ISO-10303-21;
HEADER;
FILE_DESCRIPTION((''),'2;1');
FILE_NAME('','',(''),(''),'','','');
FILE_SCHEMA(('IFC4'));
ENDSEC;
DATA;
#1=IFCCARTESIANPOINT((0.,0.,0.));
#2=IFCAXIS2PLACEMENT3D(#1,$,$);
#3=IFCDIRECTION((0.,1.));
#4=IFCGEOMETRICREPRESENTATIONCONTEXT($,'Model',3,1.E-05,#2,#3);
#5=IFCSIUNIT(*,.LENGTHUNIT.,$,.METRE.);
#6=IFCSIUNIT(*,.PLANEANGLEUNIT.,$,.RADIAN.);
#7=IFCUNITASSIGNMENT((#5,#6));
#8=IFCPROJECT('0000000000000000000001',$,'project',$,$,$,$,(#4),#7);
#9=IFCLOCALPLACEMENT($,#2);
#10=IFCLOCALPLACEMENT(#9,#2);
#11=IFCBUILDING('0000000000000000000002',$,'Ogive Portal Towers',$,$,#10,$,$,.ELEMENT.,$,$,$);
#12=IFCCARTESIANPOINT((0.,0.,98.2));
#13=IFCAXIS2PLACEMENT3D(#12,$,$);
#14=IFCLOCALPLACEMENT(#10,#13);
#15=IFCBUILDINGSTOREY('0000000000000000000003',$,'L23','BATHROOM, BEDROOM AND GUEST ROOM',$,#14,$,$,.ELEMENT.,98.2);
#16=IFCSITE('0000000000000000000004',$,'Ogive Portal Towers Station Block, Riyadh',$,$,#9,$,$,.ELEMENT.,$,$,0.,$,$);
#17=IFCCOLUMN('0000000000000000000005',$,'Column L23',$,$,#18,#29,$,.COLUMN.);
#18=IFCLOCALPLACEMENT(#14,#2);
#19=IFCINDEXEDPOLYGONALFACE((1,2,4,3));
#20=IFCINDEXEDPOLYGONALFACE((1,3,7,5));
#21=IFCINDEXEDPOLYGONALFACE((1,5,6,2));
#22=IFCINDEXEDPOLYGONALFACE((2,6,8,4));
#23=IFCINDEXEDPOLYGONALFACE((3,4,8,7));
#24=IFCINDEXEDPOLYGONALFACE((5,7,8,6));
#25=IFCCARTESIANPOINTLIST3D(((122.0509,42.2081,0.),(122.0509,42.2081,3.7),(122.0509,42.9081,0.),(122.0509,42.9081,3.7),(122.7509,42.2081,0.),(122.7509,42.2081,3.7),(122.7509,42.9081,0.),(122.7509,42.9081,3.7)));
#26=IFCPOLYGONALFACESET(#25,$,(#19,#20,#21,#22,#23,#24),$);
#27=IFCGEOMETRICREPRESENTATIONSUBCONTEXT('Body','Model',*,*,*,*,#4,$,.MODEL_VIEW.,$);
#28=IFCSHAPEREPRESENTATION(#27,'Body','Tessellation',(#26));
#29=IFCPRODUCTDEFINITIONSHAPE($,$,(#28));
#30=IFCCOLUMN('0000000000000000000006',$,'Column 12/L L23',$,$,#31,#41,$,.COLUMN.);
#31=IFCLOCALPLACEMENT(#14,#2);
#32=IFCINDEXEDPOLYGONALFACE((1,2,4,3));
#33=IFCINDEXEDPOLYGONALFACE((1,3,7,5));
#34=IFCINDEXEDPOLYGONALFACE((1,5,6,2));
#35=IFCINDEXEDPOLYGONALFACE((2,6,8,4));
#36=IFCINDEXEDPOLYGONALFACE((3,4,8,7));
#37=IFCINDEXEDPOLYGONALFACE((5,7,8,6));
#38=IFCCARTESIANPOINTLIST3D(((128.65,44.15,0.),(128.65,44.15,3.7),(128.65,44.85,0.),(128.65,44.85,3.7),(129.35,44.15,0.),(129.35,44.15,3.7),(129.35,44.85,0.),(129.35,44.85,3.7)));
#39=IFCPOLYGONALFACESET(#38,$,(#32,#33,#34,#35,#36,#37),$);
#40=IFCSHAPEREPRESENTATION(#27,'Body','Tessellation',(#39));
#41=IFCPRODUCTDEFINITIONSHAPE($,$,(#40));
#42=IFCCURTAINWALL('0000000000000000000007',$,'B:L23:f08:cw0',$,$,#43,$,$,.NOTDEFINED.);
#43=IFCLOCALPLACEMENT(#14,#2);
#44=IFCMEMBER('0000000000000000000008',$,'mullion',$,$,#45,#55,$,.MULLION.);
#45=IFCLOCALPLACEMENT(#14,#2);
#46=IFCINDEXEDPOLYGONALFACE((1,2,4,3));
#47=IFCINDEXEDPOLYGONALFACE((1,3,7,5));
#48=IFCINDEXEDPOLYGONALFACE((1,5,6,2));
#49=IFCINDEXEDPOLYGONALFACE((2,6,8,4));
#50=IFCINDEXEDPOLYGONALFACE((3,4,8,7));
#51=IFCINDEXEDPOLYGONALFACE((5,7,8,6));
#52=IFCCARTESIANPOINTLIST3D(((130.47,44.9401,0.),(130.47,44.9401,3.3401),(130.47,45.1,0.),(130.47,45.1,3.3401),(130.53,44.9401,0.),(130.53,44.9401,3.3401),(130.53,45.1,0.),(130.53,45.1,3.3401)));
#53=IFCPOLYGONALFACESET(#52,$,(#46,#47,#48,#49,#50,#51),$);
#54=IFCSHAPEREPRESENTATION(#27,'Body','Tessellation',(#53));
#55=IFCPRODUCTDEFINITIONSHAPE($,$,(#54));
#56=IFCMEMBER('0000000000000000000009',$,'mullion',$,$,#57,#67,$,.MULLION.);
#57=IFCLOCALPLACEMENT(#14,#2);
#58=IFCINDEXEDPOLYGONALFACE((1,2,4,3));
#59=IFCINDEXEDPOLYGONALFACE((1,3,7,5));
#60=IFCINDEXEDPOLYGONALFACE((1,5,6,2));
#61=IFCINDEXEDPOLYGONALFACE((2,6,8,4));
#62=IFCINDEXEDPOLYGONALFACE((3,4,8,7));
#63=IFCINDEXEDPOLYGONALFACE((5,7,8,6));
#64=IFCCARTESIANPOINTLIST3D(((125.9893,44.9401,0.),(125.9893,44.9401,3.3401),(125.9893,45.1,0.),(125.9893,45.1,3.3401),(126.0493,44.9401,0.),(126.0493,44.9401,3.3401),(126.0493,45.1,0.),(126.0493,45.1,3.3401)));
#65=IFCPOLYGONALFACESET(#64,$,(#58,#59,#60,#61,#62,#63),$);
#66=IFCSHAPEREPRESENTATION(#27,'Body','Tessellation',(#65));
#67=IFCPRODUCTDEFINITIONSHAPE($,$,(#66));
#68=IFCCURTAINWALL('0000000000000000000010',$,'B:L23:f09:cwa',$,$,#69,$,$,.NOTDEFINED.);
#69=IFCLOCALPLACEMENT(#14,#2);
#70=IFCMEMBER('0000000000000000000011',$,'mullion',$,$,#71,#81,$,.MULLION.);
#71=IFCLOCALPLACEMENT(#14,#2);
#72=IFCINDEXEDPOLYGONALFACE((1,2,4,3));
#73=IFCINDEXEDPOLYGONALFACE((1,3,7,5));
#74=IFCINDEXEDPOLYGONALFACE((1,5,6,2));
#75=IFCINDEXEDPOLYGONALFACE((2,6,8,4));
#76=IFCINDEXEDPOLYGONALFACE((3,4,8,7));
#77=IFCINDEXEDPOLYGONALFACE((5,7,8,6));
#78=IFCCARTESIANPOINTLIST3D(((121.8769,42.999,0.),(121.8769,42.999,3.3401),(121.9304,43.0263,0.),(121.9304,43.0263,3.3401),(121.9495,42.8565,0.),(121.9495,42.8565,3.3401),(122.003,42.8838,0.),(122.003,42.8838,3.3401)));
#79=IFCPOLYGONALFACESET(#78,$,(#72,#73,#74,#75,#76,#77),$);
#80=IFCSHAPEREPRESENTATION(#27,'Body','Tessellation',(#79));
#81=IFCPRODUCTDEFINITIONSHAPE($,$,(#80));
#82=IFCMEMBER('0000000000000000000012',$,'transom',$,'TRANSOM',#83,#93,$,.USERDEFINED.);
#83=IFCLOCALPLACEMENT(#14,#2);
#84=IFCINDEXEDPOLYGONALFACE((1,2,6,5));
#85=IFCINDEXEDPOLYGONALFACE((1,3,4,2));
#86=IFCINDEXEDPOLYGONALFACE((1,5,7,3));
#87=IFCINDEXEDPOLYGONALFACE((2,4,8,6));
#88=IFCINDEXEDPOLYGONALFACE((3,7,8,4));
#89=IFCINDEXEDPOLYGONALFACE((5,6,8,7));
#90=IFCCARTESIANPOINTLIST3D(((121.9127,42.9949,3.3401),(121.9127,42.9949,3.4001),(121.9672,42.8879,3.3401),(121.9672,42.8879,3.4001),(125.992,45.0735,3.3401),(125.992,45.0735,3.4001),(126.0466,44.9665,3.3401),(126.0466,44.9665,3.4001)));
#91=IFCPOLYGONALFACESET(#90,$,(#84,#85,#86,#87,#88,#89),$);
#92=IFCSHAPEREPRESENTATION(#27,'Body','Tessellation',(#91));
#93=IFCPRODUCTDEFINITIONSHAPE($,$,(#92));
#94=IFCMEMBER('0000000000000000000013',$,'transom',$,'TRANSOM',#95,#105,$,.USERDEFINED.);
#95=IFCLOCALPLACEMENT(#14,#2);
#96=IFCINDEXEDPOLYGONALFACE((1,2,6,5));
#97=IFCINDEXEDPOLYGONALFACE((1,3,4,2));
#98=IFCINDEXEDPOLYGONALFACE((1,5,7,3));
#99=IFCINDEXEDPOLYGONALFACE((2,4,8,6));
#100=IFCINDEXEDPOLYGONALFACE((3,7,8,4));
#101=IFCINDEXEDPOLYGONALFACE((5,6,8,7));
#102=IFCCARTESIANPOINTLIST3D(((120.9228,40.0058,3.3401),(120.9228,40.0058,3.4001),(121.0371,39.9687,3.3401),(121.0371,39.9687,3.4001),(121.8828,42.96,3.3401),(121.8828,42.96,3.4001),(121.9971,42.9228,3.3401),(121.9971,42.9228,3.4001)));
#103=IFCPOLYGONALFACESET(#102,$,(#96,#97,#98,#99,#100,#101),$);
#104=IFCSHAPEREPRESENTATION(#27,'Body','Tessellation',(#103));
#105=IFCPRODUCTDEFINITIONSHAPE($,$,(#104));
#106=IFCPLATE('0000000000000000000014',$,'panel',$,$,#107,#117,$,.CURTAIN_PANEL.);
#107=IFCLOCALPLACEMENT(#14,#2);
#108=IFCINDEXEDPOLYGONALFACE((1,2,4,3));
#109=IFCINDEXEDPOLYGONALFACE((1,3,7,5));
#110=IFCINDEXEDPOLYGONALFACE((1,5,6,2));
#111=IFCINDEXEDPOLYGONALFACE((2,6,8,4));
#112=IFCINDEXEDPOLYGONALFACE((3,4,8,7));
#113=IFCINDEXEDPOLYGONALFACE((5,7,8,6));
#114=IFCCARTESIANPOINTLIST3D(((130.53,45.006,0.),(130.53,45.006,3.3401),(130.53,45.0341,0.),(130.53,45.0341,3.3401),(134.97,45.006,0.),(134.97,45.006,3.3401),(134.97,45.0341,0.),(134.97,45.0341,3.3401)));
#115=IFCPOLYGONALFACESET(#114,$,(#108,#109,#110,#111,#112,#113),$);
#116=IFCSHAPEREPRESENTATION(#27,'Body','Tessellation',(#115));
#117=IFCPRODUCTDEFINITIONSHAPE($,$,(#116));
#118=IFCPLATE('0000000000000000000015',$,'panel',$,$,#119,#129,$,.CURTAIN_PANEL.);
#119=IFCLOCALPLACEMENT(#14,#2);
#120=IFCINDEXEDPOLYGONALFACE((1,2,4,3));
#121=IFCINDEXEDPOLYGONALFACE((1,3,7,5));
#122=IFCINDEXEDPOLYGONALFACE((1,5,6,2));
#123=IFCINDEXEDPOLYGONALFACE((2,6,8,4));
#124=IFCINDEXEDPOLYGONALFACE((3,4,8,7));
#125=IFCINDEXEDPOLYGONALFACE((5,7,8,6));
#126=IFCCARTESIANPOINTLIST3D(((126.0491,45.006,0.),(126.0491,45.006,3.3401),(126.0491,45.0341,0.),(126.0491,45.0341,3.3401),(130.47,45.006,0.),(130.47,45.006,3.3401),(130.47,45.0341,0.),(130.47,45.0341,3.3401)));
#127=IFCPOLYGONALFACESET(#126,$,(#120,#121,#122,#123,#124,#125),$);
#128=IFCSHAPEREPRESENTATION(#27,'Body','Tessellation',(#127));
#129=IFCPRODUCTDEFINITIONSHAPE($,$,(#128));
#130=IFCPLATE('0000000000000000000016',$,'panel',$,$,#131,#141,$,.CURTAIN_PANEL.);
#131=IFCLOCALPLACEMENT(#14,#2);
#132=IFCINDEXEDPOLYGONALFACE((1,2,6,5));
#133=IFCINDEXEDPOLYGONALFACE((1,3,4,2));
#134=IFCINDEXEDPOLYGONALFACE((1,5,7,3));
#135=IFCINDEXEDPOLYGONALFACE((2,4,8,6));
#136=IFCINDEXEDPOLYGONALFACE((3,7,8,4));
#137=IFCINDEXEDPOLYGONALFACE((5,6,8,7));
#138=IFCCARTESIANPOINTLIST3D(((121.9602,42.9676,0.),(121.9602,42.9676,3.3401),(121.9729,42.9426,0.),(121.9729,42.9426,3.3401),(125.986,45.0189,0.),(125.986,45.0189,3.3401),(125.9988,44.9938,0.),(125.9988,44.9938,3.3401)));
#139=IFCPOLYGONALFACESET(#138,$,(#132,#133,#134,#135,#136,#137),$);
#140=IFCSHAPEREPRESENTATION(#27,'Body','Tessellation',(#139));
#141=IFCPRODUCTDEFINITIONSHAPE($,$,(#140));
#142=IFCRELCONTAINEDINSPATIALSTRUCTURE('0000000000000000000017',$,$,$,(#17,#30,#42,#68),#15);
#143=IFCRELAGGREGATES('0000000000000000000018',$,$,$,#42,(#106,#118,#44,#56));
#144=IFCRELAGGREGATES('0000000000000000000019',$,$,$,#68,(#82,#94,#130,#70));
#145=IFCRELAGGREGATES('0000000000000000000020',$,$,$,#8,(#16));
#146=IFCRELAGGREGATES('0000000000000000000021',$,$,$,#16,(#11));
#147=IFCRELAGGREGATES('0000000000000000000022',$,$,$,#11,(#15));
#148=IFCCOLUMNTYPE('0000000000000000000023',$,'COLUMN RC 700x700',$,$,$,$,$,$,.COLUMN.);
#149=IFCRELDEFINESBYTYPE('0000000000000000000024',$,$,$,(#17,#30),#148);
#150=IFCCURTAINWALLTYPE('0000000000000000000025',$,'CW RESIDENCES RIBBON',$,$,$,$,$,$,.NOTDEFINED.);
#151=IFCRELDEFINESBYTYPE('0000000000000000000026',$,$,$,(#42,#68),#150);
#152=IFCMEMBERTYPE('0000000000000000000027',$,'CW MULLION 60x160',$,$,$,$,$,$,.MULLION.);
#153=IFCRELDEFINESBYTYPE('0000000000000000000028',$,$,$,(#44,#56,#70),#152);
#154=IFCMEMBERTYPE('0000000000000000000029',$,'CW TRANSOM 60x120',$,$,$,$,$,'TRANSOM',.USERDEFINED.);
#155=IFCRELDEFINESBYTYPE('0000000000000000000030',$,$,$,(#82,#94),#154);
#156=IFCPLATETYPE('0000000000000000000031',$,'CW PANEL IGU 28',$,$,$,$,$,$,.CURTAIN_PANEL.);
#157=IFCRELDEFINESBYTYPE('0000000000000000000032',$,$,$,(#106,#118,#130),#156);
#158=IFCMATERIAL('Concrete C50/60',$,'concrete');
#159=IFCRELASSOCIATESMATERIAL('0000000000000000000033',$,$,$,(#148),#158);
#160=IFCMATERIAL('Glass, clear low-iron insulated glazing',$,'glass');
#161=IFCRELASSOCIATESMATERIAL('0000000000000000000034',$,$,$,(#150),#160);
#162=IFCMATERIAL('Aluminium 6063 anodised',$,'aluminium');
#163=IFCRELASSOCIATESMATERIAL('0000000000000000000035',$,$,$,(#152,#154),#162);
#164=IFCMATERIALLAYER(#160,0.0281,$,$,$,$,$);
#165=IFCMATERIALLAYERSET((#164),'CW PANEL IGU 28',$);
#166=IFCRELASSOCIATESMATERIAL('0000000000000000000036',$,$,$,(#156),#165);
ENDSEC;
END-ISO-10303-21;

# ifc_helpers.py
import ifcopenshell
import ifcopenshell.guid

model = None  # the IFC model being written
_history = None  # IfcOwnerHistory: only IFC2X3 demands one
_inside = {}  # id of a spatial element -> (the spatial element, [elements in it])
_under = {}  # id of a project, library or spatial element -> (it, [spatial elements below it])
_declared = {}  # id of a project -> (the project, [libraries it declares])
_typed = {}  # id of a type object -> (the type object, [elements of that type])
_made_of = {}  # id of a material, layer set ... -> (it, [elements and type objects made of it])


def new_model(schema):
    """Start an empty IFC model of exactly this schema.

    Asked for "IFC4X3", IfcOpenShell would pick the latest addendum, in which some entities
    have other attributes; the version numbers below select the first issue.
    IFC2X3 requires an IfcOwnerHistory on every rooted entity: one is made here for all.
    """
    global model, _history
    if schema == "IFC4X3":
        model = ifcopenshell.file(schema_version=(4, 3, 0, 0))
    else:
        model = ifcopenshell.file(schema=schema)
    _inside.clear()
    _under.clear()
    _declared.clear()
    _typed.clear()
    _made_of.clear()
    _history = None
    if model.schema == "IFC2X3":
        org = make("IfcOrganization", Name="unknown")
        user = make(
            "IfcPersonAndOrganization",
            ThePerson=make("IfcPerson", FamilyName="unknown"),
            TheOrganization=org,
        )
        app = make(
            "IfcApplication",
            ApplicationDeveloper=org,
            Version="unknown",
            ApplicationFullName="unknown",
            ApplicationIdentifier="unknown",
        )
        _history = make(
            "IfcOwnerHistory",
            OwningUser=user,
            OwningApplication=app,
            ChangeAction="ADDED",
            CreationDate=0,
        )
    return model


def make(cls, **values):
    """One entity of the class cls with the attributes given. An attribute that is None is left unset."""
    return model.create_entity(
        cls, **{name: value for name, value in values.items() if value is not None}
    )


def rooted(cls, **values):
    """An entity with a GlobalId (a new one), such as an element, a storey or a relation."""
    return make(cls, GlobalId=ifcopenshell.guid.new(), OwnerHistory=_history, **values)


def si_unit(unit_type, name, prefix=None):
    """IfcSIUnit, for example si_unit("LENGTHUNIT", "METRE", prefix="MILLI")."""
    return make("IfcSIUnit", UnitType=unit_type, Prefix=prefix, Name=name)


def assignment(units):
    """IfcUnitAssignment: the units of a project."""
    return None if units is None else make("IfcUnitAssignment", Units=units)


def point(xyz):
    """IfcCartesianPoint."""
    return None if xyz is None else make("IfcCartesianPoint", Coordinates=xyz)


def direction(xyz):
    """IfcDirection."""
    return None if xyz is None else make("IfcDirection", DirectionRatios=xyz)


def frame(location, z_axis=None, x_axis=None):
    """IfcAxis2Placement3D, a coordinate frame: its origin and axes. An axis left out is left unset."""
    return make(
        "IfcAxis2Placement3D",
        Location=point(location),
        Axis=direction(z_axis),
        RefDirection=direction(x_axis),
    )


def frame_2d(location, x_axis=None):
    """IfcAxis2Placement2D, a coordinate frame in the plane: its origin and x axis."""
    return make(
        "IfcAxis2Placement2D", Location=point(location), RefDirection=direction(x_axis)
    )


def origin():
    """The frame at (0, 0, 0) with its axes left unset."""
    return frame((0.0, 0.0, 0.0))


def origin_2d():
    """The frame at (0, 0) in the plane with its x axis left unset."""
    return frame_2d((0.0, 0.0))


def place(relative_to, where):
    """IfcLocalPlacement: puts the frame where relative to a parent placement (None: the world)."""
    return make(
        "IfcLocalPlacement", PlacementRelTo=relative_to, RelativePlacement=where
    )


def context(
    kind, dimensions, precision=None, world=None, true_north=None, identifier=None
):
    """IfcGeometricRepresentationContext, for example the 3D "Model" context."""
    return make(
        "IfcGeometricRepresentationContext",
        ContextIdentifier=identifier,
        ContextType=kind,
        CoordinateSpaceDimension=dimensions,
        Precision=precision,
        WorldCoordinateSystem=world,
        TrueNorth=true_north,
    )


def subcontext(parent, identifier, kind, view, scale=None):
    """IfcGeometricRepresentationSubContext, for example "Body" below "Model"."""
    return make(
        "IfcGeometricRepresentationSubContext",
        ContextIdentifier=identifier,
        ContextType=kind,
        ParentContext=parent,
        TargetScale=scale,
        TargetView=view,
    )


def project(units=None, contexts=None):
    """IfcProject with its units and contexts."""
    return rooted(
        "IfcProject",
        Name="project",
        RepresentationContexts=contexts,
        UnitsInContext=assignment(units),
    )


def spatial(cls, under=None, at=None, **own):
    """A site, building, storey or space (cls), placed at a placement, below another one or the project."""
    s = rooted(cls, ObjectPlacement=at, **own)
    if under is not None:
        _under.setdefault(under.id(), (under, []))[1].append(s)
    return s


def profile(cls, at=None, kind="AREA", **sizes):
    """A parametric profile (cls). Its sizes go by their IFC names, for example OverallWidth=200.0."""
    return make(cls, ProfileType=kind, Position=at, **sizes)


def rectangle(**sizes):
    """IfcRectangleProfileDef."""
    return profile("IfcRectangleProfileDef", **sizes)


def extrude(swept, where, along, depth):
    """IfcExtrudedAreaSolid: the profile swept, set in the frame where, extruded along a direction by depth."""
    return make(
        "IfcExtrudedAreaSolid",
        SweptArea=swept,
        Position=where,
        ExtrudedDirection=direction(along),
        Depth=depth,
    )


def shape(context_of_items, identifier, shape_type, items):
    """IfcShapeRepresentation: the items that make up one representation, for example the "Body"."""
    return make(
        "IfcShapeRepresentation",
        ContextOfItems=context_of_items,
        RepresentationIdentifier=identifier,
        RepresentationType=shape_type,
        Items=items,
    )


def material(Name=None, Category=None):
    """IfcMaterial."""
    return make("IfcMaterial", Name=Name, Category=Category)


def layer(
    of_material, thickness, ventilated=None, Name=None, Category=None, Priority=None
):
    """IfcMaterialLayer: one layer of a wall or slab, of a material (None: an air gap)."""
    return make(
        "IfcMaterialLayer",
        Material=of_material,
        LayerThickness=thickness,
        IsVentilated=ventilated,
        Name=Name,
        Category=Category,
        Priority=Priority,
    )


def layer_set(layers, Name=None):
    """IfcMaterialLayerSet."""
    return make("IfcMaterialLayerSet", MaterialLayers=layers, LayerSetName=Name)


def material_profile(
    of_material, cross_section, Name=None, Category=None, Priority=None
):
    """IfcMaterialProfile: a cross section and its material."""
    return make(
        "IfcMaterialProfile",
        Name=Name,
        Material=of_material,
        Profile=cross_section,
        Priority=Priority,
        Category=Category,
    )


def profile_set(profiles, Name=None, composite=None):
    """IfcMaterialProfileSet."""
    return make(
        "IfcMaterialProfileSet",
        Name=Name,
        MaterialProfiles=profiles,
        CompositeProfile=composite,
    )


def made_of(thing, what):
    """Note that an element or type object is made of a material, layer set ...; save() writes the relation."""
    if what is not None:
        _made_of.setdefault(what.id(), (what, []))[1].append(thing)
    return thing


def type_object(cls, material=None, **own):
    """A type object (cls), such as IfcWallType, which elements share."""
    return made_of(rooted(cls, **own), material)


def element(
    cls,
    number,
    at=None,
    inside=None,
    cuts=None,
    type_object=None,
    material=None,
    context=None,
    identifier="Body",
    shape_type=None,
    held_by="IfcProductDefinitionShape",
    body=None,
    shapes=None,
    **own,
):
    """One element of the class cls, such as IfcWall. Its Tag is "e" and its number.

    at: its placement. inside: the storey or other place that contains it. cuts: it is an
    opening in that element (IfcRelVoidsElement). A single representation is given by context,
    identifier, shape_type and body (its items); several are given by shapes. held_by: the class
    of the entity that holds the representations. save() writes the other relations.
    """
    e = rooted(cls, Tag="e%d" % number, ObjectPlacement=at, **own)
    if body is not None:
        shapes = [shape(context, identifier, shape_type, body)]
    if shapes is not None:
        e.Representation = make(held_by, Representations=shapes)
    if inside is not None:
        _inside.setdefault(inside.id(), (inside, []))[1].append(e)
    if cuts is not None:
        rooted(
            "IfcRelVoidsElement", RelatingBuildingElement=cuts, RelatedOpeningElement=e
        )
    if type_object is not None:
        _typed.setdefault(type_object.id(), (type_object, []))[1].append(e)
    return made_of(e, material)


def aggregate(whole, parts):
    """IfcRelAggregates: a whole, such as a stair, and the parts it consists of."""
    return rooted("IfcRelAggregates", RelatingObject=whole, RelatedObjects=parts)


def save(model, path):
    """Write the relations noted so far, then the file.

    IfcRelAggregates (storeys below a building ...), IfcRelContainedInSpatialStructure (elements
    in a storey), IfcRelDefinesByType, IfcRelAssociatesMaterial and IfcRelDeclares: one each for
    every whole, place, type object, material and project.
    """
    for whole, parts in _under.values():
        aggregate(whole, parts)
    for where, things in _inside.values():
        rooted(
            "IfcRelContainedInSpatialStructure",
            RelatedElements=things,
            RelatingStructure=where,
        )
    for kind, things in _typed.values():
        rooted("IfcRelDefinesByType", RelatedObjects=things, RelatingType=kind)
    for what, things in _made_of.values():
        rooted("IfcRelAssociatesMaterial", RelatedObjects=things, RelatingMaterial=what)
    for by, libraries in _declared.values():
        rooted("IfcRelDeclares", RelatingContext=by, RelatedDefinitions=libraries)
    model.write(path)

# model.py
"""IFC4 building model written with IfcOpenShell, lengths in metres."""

from ifc_helpers import new_model, si_unit, direction, frame, origin, origin_2d, place, context, subcontext, project, spatial, rectangle, extrude, material, layer, layer_set, material_profile, profile_set, type_object, element, aggregate, save


model = new_model("IFC4")

# Units and contexts
model_context = context("Model", 3, precision=1e-05, world=origin(), true_north=direction((0.0, 1.0)))
body_context = subcontext(model_context, "Body", "Model", "MODEL_VIEW")
ifc_project = project(units=[si_unit("LENGTHUNIT", "METRE"), si_unit("PLANEANGLEUNIT", "RADIAN")], contexts=[model_context])

# Site, building, storey
site_placement = place(None, origin())
site = spatial("IfcSite", under=ifc_project, at=site_placement, Name="Ogive Portal Towers Station Block, Riyadh", CompositionType="ELEMENT", RefElevation=0.0)
building_placement = place(site_placement, origin())
building = spatial("IfcBuilding", under=site, at=building_placement, Name="Ogive Portal Towers", CompositionType="ELEMENT")
storey_placement = place(building_placement, frame((0.0, 0.0, 98.2)))
storey = spatial("IfcBuildingStorey", under=building, at=storey_placement, Name="L23", Description="BATHROOM, BEDROOM AND GUEST ROOM", CompositionType="ELEMENT", Elevation=98.2)

# Columns
ifc_material_1 = material(Name="Concrete C50/60", Category="concrete")
ifc_material_profile_1 = material_profile(ifc_material_1, rectangle(XDim=0.7, YDim=0.7, at=origin_2d()), Name="RC 700x700")
ifc_profile_set_1 = profile_set([ifc_material_profile_1], Name="Concrete C50/60")
column_type = type_object("IfcColumnType", Name="COLUMN RC 700x700", PredefinedType="COLUMN", material=ifc_profile_set_1)
for number, where, z_axis, x_axis, name in (
    (1, (122.4009, 42.5581, 0.0), (0.0, 0.0, 1.0), (1.0, 0.0, 0.0), "Column L23"),
    (2, (129.0, 44.5, 0.0), (0.0, 0.0, 1.0), (1.0, 0.0, 0.0), "Column 12/L L23"),
):
    element("IfcColumn", number, at=place(storey_placement, frame(where, z_axis=z_axis, x_axis=x_axis)), inside=storey, type_object=column_type, Name=name, PredefinedType="COLUMN", context=body_context, shape_type="SweptSolid", body=[
        extrude(rectangle(XDim=0.7, YDim=0.7, at=origin_2d()), origin(), (0.0, 0.0, 1.0), 3.7),
    ])

# Curtain walls, members
ifc_material_2 = material(Name="Glass, clear low-iron insulated glazing", Category="glass")
curtain_wall_type = type_object("IfcCurtainWallType", Name="CW RESIDENCES RIBBON", PredefinedType="NOTDEFINED", material=ifc_material_2)
curtain_wall_1_placement = place(storey_placement, origin())
curtain_wall_1 = element("IfcCurtainWall", 3, at=curtain_wall_1_placement, inside=storey, type_object=curtain_wall_type, Name="B:L23:f08:cw0", PredefinedType="NOTDEFINED")
ifc_material_3 = material(Name="Aluminium 6063 anodised", Category="aluminium")
ifc_material_profile_2 = material_profile(ifc_material_3, rectangle(XDim=0.1599, YDim=0.0601, at=origin_2d()), Name="AL 60x160")
ifc_profile_set_2 = profile_set([ifc_material_profile_2], Name="Aluminium 6063 anodised")
member_type_1 = type_object("IfcMemberType", Name="CW MULLION 60x160", PredefinedType="MULLION", material=ifc_profile_set_2)
member_1_placement = place(storey_placement, frame((130.5, 45.02, 0.0), z_axis=(0.0, 0.0, 1.0), x_axis=(0.0, -1.0, 0.0)))
member_1 = element("IfcMember", 4, at=member_1_placement, type_object=member_type_1, Name="mullion", PredefinedType="MULLION", context=body_context, shape_type="SweptSolid", body=[
    extrude(rectangle(XDim=0.1599, YDim=0.0601, at=origin_2d()), origin(), (0.0, 0.0, 1.0), 3.3401),
])
member_2_placement = place(storey_placement, frame((126.0193, 45.02, 0.0), z_axis=(0.0, 0.0, 1.0), x_axis=(0.0, -1.0, 0.0)))
member_2 = element("IfcMember", 5, at=member_2_placement, type_object=member_type_1, Name="mullion", PredefinedType="MULLION", context=body_context, shape_type="SweptSolid", body=[
    extrude(rectangle(XDim=0.1599, YDim=0.0601, at=origin_2d()), origin(), (0.0, 0.0, 1.0), 3.3401),
])
curtain_wall_2_placement = place(storey_placement, origin())
curtain_wall_2 = element("IfcCurtainWall", 6, at=curtain_wall_2_placement, inside=storey, type_object=curtain_wall_type, Name="B:L23:f09:cwa", PredefinedType="NOTDEFINED")
member_3_placement = place(storey_placement, frame((121.9399, 42.9414, 0.0), z_axis=(0.0, 0.0, 1.0), x_axis=(0.45399, -0.891007, 0.0)))
member_3 = element("IfcMember", 7, at=member_3_placement, type_object=member_type_1, Name="mullion", PredefinedType="MULLION", context=body_context, shape_type="SweptSolid", body=[
    extrude(rectangle(XDim=0.1599, YDim=0.0601, at=origin_2d()), origin(), (0.0, 0.0, 1.0), 3.3401),
])
ifc_material_profile_3 = material_profile(ifc_material_3, rectangle(XDim=0.1201, YDim=0.0601, at=origin_2d()), Name="AL 120x60")
ifc_profile_set_3 = profile_set([ifc_material_profile_3], Name="Aluminium 6063 anodised")
member_type_2 = type_object("IfcMemberType", Name="CW TRANSOM 60x120", ElementType="TRANSOM", PredefinedType="USERDEFINED", material=ifc_profile_set_3)
member_4_placement = place(storey_placement, frame((126.0193, 45.02, 3.3701), z_axis=(-0.890999, -0.454005, 0.0), x_axis=(0.454005, -0.890999, 0.0)))
member_4 = element("IfcMember", 8, at=member_4_placement, type_object=member_type_2, Name="transom", ObjectType="TRANSOM", PredefinedType="USERDEFINED", context=body_context, shape_type="SweptSolid", body=[
    extrude(rectangle(XDim=0.1201, YDim=0.0601, at=origin_2d()), origin(), (0.0, 0.0, 1.0), 4.5784),
])
member_5_placement = place(storey_placement, frame((121.9399, 42.9414, 3.3701), z_axis=(-0.309051, -0.951046, 0.0), x_axis=(0.951046, -0.309051, 0.0)))
member_5 = element("IfcMember", 9, at=member_5_placement, type_object=member_type_2, Name="transom", ObjectType="TRANSOM", PredefinedType="USERDEFINED", context=body_context, shape_type="SweptSolid", body=[
    extrude(rectangle(XDim=0.1201, YDim=0.0601, at=origin_2d()), origin(), (0.0, 0.0, 1.0), 3.1062),
])

# Plates
ifc_layer_1 = layer(ifc_material_2, 0.0281)
ifc_layer_set_1 = layer_set([ifc_layer_1], Name="CW PANEL IGU 28")
plate_type = type_object("IfcPlateType", Name="CW PANEL IGU 28", PredefinedType="CURTAIN_PANEL", material=ifc_layer_set_1)
plate_1_placement = place(storey_placement, frame((132.75, 45.02, 0.0), z_axis=(0.0, 0.0, 1.0), x_axis=(-1.0, 0.0, 0.0)))
plate_1 = element("IfcPlate", 10, at=plate_1_placement, type_object=plate_type, Name="panel", PredefinedType="CURTAIN_PANEL", context=body_context, shape_type="SweptSolid", body=[
    extrude(rectangle(XDim=4.4399, YDim=0.0281, at=origin_2d()), origin(), (0.0, 0.0, 1.0), 3.3401),
])
plate_2_placement = place(storey_placement, frame((128.2595, 45.02, 0.0), z_axis=(0.0, 0.0, 1.0), x_axis=(-1.0, 0.0, 0.0)))
plate_2 = element("IfcPlate", 11, at=plate_2_placement, type_object=plate_type, Name="panel", PredefinedType="CURTAIN_PANEL", context=body_context, shape_type="SweptSolid", body=[
    extrude(rectangle(XDim=4.4209, YDim=0.0281, at=origin_2d()), origin(), (0.0, 0.0, 1.0), 3.3401),
])
aggregate(curtain_wall_1, [plate_1, plate_2, member_1, member_2])
plate_3_placement = place(storey_placement, frame((123.9795, 43.9807, 0.0), z_axis=(0.0, 0.0, 1.0), x_axis=(-0.891007, -0.45399, 0.0)))
plate_3 = element("IfcPlate", 12, at=plate_3_placement, type_object=plate_type, Name="panel", PredefinedType="CURTAIN_PANEL", context=body_context, shape_type="SweptSolid", body=[
    extrude(rectangle(XDim=4.5183, YDim=0.0281, at=origin_2d()), origin(), (0.0, 0.0, 1.0), 3.3401),
])
aggregate(curtain_wall_2, [member_4, member_5, plate_3, member_3])

save(model, "model.ifc")
